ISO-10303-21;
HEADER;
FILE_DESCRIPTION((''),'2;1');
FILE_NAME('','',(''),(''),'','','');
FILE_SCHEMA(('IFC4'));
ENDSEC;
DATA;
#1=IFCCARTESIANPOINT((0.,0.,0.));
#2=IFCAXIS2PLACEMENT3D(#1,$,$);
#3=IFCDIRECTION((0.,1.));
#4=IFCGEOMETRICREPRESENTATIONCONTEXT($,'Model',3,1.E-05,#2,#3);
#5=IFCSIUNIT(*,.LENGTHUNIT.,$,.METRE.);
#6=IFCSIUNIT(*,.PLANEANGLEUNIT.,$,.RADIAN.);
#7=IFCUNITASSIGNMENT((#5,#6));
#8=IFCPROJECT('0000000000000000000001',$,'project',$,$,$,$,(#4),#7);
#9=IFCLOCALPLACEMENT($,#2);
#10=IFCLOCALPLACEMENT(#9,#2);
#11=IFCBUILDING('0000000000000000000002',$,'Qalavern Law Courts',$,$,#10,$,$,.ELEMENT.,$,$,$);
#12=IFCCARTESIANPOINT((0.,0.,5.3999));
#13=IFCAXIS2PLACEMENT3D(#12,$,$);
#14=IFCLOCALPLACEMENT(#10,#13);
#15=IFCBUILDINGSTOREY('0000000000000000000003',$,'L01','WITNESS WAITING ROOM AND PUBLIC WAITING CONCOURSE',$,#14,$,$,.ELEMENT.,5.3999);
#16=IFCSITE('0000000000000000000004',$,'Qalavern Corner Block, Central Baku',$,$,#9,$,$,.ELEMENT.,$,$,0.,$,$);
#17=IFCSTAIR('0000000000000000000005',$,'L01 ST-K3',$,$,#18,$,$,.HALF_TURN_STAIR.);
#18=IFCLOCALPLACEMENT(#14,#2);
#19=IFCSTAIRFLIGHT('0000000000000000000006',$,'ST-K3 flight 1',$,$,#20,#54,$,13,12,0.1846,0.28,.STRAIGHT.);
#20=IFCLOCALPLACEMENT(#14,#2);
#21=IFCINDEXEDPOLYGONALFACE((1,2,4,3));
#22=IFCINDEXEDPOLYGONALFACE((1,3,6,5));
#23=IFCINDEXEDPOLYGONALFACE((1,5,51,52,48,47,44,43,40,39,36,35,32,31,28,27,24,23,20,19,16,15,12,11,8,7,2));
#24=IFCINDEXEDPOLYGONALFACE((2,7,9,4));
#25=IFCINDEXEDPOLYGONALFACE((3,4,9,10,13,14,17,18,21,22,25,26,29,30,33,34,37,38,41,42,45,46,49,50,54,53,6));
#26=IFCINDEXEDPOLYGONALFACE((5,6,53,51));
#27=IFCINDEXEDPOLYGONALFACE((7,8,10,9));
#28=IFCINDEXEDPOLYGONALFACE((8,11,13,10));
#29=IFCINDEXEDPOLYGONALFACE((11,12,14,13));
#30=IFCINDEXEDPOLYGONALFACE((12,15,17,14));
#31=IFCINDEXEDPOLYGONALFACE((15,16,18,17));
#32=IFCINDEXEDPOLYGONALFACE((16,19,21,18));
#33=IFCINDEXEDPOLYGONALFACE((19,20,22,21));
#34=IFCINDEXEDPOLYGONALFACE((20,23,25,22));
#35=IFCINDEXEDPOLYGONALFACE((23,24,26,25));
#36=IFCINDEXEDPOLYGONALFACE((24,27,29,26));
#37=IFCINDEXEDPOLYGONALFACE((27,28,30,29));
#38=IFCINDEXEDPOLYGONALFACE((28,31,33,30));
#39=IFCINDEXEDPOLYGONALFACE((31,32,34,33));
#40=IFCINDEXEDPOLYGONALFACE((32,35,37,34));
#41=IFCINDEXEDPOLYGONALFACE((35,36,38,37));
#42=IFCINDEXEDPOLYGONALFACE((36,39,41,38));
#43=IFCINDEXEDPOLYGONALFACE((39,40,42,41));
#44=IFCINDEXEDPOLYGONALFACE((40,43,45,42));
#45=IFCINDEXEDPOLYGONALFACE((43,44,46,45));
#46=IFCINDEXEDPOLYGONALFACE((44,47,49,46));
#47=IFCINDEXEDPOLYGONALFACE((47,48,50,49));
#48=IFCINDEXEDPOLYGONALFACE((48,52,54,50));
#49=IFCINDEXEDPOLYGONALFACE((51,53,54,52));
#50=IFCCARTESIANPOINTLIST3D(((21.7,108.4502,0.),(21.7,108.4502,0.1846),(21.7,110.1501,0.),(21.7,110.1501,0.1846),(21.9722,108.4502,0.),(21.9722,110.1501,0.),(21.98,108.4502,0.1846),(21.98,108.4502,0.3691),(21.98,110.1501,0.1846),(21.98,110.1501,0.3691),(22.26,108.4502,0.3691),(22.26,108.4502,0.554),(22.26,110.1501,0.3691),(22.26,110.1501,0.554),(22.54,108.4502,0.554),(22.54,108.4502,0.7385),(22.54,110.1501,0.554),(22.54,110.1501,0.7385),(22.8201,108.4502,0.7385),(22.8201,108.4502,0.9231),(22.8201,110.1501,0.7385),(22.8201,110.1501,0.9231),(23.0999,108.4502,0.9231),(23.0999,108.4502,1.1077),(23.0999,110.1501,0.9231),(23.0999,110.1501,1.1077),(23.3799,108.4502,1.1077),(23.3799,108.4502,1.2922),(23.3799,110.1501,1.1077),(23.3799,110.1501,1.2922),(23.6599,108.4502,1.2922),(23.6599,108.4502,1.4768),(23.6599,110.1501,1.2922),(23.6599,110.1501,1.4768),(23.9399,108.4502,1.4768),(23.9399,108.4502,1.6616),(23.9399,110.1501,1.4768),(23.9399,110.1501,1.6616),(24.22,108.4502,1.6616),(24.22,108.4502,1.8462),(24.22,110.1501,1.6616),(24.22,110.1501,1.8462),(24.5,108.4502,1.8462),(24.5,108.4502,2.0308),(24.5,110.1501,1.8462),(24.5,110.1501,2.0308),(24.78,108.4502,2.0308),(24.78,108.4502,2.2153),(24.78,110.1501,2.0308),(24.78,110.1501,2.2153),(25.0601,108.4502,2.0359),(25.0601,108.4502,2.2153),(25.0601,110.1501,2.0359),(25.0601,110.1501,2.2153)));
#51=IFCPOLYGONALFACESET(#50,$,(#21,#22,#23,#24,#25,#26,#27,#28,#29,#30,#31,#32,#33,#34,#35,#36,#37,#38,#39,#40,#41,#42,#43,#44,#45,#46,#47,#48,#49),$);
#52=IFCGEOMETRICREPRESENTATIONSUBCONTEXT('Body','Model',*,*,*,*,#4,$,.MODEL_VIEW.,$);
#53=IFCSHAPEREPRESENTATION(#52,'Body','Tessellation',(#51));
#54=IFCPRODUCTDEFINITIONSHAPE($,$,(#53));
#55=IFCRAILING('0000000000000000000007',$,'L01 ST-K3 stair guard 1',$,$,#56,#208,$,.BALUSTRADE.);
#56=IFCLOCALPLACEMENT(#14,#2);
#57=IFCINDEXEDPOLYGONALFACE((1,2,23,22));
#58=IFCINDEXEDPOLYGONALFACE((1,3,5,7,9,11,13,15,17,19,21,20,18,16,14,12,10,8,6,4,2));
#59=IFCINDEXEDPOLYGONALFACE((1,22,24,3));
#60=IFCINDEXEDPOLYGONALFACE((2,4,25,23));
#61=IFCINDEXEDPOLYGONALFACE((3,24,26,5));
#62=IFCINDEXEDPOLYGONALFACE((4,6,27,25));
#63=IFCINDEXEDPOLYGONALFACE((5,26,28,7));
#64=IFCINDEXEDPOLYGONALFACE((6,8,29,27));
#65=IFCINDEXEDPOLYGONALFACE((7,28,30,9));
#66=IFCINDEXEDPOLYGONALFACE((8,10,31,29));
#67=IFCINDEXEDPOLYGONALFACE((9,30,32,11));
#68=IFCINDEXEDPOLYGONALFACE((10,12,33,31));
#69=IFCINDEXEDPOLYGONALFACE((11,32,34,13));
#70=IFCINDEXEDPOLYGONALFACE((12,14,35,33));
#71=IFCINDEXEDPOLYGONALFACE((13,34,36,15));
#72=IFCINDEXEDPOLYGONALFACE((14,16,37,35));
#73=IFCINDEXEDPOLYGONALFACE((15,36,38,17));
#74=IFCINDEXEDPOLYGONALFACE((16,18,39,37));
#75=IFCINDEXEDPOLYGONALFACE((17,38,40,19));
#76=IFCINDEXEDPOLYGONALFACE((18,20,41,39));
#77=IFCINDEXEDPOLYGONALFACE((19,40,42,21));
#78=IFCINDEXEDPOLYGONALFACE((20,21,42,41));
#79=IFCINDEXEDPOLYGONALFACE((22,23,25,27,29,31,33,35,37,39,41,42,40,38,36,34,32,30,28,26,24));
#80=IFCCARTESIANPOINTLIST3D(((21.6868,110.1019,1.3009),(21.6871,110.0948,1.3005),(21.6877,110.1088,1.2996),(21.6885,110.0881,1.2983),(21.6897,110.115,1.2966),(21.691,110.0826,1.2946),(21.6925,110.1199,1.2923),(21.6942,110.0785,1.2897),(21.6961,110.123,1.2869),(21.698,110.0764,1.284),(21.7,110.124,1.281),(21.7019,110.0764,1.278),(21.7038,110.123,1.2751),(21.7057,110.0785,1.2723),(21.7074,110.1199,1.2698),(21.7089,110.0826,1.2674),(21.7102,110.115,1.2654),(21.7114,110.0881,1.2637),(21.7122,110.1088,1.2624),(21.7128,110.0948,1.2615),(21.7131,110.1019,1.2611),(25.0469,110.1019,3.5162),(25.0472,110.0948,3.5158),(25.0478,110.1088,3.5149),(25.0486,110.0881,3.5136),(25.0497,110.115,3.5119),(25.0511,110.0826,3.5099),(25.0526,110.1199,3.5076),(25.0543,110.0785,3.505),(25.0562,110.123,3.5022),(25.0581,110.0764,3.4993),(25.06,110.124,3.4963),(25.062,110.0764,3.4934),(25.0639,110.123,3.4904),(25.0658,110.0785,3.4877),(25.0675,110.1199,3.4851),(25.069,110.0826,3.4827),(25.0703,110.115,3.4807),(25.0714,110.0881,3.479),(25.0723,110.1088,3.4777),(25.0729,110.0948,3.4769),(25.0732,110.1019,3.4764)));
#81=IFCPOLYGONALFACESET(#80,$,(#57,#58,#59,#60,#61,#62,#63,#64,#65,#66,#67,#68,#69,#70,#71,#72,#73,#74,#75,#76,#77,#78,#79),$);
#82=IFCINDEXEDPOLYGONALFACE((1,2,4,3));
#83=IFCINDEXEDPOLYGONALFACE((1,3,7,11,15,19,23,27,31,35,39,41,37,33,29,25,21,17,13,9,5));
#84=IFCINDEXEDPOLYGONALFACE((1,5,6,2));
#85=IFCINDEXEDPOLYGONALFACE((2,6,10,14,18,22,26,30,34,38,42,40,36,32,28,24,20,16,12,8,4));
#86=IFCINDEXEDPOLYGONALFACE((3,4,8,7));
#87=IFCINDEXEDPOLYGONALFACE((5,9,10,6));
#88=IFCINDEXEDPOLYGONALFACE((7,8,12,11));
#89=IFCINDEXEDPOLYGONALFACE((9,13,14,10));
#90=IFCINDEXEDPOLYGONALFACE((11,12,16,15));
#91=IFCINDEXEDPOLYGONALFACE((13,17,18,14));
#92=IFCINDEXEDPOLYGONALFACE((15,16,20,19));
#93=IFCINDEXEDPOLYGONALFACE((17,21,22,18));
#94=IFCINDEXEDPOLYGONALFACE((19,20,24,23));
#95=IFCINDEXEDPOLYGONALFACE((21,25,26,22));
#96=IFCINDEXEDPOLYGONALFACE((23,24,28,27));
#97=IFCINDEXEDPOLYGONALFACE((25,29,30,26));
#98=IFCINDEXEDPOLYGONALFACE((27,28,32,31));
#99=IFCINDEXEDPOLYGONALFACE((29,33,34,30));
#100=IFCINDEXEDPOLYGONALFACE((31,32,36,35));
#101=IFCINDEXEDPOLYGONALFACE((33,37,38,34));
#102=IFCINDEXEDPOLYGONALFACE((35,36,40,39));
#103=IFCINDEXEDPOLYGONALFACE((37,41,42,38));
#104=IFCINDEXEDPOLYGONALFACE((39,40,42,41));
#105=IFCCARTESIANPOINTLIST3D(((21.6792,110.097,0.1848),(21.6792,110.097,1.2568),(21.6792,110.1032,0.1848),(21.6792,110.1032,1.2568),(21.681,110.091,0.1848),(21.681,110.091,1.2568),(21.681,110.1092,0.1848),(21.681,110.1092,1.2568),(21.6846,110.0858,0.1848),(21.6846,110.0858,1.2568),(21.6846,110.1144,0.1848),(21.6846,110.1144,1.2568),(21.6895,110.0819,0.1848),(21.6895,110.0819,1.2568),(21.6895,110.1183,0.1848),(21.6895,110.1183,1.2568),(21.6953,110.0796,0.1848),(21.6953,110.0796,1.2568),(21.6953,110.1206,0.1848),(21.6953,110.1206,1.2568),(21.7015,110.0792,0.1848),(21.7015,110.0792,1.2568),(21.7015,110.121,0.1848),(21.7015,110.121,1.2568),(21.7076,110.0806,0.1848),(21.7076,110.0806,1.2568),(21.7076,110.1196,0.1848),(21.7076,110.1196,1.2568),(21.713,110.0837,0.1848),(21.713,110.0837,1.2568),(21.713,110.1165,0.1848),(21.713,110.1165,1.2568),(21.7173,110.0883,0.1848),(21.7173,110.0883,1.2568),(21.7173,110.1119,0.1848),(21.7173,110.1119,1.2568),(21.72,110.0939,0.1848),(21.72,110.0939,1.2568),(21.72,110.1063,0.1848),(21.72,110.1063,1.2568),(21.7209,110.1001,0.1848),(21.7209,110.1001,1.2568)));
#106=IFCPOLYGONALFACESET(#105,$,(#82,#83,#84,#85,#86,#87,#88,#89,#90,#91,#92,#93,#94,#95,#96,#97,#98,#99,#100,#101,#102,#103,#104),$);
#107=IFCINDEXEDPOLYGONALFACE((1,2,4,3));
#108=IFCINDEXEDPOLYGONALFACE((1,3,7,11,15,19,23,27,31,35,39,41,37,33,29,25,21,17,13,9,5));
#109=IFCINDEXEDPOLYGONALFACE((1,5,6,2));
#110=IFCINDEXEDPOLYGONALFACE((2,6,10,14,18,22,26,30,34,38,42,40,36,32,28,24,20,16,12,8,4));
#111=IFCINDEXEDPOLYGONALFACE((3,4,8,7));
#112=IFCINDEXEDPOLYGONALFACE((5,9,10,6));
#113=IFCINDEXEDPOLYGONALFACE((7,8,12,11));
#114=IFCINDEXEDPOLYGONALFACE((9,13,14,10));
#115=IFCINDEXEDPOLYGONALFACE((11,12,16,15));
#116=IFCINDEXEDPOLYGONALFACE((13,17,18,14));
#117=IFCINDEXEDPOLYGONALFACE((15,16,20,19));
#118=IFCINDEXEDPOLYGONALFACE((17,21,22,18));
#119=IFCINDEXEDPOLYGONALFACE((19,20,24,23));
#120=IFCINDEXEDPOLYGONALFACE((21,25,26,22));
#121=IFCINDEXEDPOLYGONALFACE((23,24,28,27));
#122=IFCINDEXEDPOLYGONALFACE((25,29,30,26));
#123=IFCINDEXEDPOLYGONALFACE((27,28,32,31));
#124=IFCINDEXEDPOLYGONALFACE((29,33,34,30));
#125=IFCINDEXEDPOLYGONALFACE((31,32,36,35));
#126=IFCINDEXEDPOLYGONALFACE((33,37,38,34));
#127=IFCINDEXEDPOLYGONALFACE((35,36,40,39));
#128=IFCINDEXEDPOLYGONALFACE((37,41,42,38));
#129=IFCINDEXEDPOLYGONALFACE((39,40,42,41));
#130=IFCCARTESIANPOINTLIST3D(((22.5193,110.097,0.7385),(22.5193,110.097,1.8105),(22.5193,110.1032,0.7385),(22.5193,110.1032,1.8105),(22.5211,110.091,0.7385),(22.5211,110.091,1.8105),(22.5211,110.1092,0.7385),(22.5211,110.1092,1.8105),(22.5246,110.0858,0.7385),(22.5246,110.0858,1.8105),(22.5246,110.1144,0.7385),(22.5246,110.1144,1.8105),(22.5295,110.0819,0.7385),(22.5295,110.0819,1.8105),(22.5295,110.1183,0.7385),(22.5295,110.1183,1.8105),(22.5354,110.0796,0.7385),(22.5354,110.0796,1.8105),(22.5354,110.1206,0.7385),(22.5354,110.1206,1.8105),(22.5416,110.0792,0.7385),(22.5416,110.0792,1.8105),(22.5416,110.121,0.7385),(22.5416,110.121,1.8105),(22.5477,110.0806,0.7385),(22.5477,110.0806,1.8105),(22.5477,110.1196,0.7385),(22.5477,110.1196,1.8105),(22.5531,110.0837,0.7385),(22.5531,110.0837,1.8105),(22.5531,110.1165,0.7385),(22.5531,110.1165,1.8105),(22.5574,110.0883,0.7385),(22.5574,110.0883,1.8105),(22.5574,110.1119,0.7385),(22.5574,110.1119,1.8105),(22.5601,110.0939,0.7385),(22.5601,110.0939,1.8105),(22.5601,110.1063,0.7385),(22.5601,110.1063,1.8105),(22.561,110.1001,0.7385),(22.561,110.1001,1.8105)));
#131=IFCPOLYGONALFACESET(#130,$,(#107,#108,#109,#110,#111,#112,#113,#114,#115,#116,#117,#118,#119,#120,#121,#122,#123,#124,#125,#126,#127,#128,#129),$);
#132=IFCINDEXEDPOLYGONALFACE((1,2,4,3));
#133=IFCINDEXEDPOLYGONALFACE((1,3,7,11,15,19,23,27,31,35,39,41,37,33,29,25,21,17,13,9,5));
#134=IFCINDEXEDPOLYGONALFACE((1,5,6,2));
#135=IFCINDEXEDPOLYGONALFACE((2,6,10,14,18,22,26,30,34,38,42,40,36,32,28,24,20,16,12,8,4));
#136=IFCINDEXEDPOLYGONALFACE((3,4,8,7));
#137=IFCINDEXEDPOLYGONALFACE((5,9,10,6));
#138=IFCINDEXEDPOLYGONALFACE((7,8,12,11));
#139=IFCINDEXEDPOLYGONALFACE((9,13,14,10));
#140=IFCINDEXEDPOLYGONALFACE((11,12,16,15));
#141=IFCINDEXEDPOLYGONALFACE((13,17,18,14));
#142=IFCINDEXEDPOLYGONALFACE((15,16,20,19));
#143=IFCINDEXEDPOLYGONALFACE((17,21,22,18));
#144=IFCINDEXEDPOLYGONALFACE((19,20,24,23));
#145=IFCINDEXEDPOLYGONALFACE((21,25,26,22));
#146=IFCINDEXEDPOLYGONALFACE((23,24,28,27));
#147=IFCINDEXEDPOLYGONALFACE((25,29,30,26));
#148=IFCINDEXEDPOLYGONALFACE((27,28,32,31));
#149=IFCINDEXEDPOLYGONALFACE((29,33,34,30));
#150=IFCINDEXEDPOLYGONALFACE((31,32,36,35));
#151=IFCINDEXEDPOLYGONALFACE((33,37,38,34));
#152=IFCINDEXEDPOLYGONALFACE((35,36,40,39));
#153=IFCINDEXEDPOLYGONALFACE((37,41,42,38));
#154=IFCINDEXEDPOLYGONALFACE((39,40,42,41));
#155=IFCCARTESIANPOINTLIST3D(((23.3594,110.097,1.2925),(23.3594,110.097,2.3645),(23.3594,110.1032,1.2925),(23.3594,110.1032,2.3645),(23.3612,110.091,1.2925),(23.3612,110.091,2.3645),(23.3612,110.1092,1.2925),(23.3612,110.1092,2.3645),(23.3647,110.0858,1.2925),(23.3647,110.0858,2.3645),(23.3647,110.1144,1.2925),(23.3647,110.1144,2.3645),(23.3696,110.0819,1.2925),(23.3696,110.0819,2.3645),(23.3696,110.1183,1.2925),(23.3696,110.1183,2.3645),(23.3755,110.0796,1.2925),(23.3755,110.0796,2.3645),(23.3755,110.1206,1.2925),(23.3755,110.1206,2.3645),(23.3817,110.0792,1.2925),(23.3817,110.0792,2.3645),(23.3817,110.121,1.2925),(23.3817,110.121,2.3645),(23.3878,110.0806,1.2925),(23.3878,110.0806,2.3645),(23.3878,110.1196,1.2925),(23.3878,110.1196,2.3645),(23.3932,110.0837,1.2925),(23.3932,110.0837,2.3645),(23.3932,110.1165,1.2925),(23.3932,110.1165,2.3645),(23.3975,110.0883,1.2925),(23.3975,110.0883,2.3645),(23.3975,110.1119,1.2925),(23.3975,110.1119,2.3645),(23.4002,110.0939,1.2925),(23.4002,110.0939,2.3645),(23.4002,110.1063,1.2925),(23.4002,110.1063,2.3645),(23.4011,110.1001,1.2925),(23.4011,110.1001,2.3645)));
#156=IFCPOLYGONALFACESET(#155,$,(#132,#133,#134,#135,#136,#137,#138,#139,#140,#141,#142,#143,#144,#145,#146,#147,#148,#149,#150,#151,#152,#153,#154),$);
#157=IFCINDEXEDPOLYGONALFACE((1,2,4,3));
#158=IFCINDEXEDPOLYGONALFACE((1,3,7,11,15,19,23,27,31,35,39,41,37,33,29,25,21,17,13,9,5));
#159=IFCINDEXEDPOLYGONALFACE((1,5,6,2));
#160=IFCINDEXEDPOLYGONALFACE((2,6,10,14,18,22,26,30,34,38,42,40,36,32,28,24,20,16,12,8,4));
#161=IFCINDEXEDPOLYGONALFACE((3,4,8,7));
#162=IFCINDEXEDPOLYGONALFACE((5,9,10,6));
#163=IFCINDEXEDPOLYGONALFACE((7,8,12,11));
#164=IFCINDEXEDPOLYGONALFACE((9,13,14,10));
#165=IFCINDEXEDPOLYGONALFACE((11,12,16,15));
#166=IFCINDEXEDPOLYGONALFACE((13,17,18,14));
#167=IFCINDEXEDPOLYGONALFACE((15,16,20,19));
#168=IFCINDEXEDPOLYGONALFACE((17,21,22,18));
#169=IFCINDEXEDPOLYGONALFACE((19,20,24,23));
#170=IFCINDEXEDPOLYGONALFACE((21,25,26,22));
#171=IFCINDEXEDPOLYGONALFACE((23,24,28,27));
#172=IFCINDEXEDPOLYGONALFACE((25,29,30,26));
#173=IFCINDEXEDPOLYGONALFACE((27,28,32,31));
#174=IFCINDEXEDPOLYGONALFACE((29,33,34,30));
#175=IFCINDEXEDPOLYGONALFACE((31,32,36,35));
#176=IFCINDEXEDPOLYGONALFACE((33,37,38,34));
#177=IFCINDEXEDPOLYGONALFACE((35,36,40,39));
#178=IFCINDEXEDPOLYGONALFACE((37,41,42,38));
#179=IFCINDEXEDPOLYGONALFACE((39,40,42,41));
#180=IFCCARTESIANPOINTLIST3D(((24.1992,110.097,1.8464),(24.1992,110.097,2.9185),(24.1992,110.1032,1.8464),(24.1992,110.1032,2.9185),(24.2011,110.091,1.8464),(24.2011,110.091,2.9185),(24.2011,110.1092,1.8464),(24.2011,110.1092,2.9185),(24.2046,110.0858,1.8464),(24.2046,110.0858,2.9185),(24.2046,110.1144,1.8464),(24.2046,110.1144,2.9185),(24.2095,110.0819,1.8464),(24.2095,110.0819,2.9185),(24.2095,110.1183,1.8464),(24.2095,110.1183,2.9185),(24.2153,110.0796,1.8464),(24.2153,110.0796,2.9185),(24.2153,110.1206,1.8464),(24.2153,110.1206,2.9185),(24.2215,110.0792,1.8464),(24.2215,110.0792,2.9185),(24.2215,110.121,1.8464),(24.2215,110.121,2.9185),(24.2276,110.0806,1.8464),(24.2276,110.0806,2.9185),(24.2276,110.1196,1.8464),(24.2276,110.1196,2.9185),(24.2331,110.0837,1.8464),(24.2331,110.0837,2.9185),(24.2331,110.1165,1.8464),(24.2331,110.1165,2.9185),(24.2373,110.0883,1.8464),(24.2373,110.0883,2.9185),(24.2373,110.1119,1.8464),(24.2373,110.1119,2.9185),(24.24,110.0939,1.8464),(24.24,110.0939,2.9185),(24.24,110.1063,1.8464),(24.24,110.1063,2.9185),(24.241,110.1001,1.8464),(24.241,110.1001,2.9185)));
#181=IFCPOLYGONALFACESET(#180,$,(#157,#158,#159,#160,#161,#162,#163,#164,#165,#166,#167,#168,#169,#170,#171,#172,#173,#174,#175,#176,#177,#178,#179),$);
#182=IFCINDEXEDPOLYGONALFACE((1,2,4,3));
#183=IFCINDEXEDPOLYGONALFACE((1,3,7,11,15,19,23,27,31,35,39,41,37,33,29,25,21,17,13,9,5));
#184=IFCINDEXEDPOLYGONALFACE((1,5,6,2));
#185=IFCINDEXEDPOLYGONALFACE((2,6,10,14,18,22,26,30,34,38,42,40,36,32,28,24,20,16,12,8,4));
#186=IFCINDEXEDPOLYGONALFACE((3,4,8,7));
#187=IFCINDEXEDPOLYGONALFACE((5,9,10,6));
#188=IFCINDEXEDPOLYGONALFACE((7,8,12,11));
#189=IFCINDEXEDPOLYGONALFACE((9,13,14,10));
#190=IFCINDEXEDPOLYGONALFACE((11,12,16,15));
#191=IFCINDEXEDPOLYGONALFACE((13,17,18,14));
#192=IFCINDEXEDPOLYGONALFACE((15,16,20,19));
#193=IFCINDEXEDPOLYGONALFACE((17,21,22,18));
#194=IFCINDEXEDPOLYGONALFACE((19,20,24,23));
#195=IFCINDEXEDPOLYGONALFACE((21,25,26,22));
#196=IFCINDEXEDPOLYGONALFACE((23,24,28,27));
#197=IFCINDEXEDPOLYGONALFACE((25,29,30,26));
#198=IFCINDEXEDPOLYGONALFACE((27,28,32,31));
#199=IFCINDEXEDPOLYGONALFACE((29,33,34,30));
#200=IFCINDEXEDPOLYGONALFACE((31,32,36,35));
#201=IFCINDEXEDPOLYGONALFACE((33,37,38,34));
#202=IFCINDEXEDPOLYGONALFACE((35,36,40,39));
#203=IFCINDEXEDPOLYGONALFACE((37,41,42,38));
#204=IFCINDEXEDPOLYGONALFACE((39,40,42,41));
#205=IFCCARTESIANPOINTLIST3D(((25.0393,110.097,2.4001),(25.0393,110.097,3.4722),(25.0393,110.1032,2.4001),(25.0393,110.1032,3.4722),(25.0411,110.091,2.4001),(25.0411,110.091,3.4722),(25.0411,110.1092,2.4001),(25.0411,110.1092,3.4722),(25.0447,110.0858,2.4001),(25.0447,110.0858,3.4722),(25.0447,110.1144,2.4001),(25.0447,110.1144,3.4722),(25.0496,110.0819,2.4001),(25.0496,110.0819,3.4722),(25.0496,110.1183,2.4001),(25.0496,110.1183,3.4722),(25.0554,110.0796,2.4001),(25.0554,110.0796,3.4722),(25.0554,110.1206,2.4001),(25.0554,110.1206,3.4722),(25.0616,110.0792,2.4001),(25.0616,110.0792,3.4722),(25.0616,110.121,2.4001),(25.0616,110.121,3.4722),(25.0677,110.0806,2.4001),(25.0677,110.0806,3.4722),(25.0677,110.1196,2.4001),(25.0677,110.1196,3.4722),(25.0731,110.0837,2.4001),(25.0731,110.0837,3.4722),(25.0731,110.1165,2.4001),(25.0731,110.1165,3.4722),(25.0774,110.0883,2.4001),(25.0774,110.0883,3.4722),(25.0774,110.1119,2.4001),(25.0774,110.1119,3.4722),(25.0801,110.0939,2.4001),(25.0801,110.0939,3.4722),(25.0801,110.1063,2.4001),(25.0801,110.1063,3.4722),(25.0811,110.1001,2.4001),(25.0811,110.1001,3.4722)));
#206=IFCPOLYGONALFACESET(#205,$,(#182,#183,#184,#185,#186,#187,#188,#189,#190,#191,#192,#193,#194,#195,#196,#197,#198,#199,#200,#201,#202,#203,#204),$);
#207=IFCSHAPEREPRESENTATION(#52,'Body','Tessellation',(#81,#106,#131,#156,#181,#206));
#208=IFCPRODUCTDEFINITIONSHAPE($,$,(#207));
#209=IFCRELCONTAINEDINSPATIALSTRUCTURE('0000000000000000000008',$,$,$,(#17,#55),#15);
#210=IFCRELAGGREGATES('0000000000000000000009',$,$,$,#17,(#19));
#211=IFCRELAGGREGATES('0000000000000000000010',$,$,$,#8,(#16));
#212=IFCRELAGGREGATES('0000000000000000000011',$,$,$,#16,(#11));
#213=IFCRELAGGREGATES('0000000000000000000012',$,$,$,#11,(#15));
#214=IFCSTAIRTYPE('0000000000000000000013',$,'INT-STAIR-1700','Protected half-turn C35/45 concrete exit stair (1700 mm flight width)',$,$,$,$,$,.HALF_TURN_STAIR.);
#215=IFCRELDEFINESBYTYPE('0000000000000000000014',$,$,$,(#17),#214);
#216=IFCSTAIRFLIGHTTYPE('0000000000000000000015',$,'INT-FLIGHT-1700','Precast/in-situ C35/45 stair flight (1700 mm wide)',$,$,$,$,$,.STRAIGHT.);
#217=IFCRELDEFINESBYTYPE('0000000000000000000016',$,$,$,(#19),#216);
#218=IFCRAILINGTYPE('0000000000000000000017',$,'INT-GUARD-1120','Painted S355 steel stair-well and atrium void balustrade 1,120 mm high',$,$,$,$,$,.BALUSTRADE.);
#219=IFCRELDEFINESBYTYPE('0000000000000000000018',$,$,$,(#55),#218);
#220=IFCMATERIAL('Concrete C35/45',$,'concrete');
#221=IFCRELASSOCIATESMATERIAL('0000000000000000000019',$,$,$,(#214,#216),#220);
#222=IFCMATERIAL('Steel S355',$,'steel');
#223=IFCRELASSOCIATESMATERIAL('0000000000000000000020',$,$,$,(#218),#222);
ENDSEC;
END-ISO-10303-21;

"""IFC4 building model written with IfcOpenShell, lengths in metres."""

from ifc_helpers import new_model, si_unit, direction, frame, origin, origin_2d, place, context, subcontext, project, spatial, polyline, circle, outline, extrude, material, type_object, element, aggregate, save


model = new_model("IFC4")

# Units and contexts
model_context = context("Model", 3, precision=1e-05, world=origin(), true_north=direction((0.0, 1.0)))
body_context = subcontext(model_context, "Body", "Model", "MODEL_VIEW")
ifc_project = project(units=[si_unit("LENGTHUNIT", "METRE"), si_unit("PLANEANGLEUNIT", "RADIAN")], contexts=[model_context])

# Site, building, storey
site_placement = place(None, origin())
site = spatial("IfcSite", under=ifc_project, at=site_placement, Name="Qalavern Corner Block, Central Baku", CompositionType="ELEMENT", RefElevation=0.0)
building_placement = place(site_placement, origin())
building = spatial("IfcBuilding", under=site, at=building_placement, Name="Qalavern Law Courts", CompositionType="ELEMENT")
storey_placement = place(building_placement, frame((0.0, 0.0, 5.3999)))
storey = spatial("IfcBuildingStorey", under=building, at=storey_placement, Name="L01", Description="WITNESS WAITING ROOM AND PUBLIC WAITING CONCOURSE", CompositionType="ELEMENT", Elevation=5.3999)

# Shared definitions
ifc_material_1 = material(Name="Steel S355", Category="steel")

# Stair, stair flight
ifc_material_2 = material(Name="Concrete C35/45", Category="concrete")
stair_type = type_object("IfcStairType", Name="INT-STAIR-1700", Description="Protected half-turn C35/45 concrete exit stair (1700 mm flight width)", PredefinedType="HALF_TURN_STAIR", material=ifc_material_2)
stair_placement = place(storey_placement, origin())
stair = element("IfcStair", 1, at=stair_placement, inside=storey, type_object=stair_type, Name="L01 ST-K3", PredefinedType="HALF_TURN_STAIR")
stair_flight_type = type_object("IfcStairFlightType", Name="INT-FLIGHT-1700", Description="Precast/in-situ C35/45 stair flight (1700 mm wide)", PredefinedType="STRAIGHT", material=ifc_material_2)
stair_flight_placement = place(storey_placement, frame((21.7, 109.3, 0.0), z_axis=(0.0, 0.0, 1.0), x_axis=(1.0, 0.0, 0.0)))
stair_flight = element("IfcStairFlight", 2, at=stair_flight_placement, type_object=stair_flight_type, Name="ST-K3 flight 1", NumberOfRisers=13, NumberOfTreads=12, PredefinedType="STRAIGHT", RiserHeight=0.1846, TreadLength=0.28, context=body_context, shape_type="SweptSolid", body=[
    extrude(outline(polyline([(0.0, 0.0), (0.0, 0.1846), (0.28, 0.1846), (0.28, 0.3691), (0.5601, 0.3691), (0.5601, 0.554), (0.8401, 0.554), (0.8401, 0.7385), (1.1201, 0.7385), (1.1201, 0.9231), (1.3999, 0.9231), (1.3999, 1.1077), (1.6799, 1.1077), (1.6799, 1.2922), (1.96, 1.2922), (1.96, 1.4768), (2.24, 1.4768), (2.24, 1.6616), (2.52, 1.6616), (2.52, 1.8462), (2.8, 1.8462), (2.8, 2.0308), (3.0801, 2.0308), (3.0801, 2.2153), (3.3601, 2.2153), (3.3601, 2.3999), (3.3601, 2.0359), (0.2722, 0.0), (0.0, 0.0)])), frame((0.0, 0.8501, 0.0), z_axis=(0.0, -1.0, 0.0), x_axis=(1.0, 0.0, 0.0)), (0.0, 0.0, 1.0), 1.7),
])
aggregate(stair, [stair_flight])

# Railing
railing_type_1 = type_object("IfcRailingType", Name="INT-GUARD-1120", Description="Painted S355 steel stair-well and atrium void balustrade 1,120 mm high", PredefinedType="BALUSTRADE", material=ifc_material_1)
railing_1_placement = place(storey_placement, frame((21.7, 110.1001, 0.1848)))
element("IfcRailing", 3, at=railing_1_placement, inside=storey, type_object=railing_type_1, Name="L01 ST-K3 stair guard 1", PredefinedType="BALUSTRADE", context=body_context, shape_type="SweptSolid", body=[
    extrude(circle(Radius=0.0239, at=origin_2d()), frame((0.0, 0.0, 1.0962), z_axis=(0.834876, 0.0, 0.550437), x_axis=(0.0, 1.0, 0.0)), (0.0, 0.0, 1.0), 4.0247),
    extrude(circle(Radius=0.021, at=origin_2d()), origin(), (0.0, 0.0, 1.0), 1.072),
    extrude(circle(Radius=0.021, at=origin_2d()), frame((0.8401, 0.0, 0.5537)), (0.0, 0.0, 1.0), 1.072),
    extrude(circle(Radius=0.021, at=origin_2d()), frame((1.6802, 0.0, 1.1077)), (0.0, 0.0, 1.0), 1.072),
    extrude(circle(Radius=0.021, at=origin_2d()), frame((2.52, 0.0, 1.6616)), (0.0, 0.0, 1.0), 1.072),
    extrude(circle(Radius=0.021, at=origin_2d()), frame((3.3601, 0.0, 2.2153)), (0.0, 0.0, 1.0), 1.072),
])

save(model, "model.ifc")
